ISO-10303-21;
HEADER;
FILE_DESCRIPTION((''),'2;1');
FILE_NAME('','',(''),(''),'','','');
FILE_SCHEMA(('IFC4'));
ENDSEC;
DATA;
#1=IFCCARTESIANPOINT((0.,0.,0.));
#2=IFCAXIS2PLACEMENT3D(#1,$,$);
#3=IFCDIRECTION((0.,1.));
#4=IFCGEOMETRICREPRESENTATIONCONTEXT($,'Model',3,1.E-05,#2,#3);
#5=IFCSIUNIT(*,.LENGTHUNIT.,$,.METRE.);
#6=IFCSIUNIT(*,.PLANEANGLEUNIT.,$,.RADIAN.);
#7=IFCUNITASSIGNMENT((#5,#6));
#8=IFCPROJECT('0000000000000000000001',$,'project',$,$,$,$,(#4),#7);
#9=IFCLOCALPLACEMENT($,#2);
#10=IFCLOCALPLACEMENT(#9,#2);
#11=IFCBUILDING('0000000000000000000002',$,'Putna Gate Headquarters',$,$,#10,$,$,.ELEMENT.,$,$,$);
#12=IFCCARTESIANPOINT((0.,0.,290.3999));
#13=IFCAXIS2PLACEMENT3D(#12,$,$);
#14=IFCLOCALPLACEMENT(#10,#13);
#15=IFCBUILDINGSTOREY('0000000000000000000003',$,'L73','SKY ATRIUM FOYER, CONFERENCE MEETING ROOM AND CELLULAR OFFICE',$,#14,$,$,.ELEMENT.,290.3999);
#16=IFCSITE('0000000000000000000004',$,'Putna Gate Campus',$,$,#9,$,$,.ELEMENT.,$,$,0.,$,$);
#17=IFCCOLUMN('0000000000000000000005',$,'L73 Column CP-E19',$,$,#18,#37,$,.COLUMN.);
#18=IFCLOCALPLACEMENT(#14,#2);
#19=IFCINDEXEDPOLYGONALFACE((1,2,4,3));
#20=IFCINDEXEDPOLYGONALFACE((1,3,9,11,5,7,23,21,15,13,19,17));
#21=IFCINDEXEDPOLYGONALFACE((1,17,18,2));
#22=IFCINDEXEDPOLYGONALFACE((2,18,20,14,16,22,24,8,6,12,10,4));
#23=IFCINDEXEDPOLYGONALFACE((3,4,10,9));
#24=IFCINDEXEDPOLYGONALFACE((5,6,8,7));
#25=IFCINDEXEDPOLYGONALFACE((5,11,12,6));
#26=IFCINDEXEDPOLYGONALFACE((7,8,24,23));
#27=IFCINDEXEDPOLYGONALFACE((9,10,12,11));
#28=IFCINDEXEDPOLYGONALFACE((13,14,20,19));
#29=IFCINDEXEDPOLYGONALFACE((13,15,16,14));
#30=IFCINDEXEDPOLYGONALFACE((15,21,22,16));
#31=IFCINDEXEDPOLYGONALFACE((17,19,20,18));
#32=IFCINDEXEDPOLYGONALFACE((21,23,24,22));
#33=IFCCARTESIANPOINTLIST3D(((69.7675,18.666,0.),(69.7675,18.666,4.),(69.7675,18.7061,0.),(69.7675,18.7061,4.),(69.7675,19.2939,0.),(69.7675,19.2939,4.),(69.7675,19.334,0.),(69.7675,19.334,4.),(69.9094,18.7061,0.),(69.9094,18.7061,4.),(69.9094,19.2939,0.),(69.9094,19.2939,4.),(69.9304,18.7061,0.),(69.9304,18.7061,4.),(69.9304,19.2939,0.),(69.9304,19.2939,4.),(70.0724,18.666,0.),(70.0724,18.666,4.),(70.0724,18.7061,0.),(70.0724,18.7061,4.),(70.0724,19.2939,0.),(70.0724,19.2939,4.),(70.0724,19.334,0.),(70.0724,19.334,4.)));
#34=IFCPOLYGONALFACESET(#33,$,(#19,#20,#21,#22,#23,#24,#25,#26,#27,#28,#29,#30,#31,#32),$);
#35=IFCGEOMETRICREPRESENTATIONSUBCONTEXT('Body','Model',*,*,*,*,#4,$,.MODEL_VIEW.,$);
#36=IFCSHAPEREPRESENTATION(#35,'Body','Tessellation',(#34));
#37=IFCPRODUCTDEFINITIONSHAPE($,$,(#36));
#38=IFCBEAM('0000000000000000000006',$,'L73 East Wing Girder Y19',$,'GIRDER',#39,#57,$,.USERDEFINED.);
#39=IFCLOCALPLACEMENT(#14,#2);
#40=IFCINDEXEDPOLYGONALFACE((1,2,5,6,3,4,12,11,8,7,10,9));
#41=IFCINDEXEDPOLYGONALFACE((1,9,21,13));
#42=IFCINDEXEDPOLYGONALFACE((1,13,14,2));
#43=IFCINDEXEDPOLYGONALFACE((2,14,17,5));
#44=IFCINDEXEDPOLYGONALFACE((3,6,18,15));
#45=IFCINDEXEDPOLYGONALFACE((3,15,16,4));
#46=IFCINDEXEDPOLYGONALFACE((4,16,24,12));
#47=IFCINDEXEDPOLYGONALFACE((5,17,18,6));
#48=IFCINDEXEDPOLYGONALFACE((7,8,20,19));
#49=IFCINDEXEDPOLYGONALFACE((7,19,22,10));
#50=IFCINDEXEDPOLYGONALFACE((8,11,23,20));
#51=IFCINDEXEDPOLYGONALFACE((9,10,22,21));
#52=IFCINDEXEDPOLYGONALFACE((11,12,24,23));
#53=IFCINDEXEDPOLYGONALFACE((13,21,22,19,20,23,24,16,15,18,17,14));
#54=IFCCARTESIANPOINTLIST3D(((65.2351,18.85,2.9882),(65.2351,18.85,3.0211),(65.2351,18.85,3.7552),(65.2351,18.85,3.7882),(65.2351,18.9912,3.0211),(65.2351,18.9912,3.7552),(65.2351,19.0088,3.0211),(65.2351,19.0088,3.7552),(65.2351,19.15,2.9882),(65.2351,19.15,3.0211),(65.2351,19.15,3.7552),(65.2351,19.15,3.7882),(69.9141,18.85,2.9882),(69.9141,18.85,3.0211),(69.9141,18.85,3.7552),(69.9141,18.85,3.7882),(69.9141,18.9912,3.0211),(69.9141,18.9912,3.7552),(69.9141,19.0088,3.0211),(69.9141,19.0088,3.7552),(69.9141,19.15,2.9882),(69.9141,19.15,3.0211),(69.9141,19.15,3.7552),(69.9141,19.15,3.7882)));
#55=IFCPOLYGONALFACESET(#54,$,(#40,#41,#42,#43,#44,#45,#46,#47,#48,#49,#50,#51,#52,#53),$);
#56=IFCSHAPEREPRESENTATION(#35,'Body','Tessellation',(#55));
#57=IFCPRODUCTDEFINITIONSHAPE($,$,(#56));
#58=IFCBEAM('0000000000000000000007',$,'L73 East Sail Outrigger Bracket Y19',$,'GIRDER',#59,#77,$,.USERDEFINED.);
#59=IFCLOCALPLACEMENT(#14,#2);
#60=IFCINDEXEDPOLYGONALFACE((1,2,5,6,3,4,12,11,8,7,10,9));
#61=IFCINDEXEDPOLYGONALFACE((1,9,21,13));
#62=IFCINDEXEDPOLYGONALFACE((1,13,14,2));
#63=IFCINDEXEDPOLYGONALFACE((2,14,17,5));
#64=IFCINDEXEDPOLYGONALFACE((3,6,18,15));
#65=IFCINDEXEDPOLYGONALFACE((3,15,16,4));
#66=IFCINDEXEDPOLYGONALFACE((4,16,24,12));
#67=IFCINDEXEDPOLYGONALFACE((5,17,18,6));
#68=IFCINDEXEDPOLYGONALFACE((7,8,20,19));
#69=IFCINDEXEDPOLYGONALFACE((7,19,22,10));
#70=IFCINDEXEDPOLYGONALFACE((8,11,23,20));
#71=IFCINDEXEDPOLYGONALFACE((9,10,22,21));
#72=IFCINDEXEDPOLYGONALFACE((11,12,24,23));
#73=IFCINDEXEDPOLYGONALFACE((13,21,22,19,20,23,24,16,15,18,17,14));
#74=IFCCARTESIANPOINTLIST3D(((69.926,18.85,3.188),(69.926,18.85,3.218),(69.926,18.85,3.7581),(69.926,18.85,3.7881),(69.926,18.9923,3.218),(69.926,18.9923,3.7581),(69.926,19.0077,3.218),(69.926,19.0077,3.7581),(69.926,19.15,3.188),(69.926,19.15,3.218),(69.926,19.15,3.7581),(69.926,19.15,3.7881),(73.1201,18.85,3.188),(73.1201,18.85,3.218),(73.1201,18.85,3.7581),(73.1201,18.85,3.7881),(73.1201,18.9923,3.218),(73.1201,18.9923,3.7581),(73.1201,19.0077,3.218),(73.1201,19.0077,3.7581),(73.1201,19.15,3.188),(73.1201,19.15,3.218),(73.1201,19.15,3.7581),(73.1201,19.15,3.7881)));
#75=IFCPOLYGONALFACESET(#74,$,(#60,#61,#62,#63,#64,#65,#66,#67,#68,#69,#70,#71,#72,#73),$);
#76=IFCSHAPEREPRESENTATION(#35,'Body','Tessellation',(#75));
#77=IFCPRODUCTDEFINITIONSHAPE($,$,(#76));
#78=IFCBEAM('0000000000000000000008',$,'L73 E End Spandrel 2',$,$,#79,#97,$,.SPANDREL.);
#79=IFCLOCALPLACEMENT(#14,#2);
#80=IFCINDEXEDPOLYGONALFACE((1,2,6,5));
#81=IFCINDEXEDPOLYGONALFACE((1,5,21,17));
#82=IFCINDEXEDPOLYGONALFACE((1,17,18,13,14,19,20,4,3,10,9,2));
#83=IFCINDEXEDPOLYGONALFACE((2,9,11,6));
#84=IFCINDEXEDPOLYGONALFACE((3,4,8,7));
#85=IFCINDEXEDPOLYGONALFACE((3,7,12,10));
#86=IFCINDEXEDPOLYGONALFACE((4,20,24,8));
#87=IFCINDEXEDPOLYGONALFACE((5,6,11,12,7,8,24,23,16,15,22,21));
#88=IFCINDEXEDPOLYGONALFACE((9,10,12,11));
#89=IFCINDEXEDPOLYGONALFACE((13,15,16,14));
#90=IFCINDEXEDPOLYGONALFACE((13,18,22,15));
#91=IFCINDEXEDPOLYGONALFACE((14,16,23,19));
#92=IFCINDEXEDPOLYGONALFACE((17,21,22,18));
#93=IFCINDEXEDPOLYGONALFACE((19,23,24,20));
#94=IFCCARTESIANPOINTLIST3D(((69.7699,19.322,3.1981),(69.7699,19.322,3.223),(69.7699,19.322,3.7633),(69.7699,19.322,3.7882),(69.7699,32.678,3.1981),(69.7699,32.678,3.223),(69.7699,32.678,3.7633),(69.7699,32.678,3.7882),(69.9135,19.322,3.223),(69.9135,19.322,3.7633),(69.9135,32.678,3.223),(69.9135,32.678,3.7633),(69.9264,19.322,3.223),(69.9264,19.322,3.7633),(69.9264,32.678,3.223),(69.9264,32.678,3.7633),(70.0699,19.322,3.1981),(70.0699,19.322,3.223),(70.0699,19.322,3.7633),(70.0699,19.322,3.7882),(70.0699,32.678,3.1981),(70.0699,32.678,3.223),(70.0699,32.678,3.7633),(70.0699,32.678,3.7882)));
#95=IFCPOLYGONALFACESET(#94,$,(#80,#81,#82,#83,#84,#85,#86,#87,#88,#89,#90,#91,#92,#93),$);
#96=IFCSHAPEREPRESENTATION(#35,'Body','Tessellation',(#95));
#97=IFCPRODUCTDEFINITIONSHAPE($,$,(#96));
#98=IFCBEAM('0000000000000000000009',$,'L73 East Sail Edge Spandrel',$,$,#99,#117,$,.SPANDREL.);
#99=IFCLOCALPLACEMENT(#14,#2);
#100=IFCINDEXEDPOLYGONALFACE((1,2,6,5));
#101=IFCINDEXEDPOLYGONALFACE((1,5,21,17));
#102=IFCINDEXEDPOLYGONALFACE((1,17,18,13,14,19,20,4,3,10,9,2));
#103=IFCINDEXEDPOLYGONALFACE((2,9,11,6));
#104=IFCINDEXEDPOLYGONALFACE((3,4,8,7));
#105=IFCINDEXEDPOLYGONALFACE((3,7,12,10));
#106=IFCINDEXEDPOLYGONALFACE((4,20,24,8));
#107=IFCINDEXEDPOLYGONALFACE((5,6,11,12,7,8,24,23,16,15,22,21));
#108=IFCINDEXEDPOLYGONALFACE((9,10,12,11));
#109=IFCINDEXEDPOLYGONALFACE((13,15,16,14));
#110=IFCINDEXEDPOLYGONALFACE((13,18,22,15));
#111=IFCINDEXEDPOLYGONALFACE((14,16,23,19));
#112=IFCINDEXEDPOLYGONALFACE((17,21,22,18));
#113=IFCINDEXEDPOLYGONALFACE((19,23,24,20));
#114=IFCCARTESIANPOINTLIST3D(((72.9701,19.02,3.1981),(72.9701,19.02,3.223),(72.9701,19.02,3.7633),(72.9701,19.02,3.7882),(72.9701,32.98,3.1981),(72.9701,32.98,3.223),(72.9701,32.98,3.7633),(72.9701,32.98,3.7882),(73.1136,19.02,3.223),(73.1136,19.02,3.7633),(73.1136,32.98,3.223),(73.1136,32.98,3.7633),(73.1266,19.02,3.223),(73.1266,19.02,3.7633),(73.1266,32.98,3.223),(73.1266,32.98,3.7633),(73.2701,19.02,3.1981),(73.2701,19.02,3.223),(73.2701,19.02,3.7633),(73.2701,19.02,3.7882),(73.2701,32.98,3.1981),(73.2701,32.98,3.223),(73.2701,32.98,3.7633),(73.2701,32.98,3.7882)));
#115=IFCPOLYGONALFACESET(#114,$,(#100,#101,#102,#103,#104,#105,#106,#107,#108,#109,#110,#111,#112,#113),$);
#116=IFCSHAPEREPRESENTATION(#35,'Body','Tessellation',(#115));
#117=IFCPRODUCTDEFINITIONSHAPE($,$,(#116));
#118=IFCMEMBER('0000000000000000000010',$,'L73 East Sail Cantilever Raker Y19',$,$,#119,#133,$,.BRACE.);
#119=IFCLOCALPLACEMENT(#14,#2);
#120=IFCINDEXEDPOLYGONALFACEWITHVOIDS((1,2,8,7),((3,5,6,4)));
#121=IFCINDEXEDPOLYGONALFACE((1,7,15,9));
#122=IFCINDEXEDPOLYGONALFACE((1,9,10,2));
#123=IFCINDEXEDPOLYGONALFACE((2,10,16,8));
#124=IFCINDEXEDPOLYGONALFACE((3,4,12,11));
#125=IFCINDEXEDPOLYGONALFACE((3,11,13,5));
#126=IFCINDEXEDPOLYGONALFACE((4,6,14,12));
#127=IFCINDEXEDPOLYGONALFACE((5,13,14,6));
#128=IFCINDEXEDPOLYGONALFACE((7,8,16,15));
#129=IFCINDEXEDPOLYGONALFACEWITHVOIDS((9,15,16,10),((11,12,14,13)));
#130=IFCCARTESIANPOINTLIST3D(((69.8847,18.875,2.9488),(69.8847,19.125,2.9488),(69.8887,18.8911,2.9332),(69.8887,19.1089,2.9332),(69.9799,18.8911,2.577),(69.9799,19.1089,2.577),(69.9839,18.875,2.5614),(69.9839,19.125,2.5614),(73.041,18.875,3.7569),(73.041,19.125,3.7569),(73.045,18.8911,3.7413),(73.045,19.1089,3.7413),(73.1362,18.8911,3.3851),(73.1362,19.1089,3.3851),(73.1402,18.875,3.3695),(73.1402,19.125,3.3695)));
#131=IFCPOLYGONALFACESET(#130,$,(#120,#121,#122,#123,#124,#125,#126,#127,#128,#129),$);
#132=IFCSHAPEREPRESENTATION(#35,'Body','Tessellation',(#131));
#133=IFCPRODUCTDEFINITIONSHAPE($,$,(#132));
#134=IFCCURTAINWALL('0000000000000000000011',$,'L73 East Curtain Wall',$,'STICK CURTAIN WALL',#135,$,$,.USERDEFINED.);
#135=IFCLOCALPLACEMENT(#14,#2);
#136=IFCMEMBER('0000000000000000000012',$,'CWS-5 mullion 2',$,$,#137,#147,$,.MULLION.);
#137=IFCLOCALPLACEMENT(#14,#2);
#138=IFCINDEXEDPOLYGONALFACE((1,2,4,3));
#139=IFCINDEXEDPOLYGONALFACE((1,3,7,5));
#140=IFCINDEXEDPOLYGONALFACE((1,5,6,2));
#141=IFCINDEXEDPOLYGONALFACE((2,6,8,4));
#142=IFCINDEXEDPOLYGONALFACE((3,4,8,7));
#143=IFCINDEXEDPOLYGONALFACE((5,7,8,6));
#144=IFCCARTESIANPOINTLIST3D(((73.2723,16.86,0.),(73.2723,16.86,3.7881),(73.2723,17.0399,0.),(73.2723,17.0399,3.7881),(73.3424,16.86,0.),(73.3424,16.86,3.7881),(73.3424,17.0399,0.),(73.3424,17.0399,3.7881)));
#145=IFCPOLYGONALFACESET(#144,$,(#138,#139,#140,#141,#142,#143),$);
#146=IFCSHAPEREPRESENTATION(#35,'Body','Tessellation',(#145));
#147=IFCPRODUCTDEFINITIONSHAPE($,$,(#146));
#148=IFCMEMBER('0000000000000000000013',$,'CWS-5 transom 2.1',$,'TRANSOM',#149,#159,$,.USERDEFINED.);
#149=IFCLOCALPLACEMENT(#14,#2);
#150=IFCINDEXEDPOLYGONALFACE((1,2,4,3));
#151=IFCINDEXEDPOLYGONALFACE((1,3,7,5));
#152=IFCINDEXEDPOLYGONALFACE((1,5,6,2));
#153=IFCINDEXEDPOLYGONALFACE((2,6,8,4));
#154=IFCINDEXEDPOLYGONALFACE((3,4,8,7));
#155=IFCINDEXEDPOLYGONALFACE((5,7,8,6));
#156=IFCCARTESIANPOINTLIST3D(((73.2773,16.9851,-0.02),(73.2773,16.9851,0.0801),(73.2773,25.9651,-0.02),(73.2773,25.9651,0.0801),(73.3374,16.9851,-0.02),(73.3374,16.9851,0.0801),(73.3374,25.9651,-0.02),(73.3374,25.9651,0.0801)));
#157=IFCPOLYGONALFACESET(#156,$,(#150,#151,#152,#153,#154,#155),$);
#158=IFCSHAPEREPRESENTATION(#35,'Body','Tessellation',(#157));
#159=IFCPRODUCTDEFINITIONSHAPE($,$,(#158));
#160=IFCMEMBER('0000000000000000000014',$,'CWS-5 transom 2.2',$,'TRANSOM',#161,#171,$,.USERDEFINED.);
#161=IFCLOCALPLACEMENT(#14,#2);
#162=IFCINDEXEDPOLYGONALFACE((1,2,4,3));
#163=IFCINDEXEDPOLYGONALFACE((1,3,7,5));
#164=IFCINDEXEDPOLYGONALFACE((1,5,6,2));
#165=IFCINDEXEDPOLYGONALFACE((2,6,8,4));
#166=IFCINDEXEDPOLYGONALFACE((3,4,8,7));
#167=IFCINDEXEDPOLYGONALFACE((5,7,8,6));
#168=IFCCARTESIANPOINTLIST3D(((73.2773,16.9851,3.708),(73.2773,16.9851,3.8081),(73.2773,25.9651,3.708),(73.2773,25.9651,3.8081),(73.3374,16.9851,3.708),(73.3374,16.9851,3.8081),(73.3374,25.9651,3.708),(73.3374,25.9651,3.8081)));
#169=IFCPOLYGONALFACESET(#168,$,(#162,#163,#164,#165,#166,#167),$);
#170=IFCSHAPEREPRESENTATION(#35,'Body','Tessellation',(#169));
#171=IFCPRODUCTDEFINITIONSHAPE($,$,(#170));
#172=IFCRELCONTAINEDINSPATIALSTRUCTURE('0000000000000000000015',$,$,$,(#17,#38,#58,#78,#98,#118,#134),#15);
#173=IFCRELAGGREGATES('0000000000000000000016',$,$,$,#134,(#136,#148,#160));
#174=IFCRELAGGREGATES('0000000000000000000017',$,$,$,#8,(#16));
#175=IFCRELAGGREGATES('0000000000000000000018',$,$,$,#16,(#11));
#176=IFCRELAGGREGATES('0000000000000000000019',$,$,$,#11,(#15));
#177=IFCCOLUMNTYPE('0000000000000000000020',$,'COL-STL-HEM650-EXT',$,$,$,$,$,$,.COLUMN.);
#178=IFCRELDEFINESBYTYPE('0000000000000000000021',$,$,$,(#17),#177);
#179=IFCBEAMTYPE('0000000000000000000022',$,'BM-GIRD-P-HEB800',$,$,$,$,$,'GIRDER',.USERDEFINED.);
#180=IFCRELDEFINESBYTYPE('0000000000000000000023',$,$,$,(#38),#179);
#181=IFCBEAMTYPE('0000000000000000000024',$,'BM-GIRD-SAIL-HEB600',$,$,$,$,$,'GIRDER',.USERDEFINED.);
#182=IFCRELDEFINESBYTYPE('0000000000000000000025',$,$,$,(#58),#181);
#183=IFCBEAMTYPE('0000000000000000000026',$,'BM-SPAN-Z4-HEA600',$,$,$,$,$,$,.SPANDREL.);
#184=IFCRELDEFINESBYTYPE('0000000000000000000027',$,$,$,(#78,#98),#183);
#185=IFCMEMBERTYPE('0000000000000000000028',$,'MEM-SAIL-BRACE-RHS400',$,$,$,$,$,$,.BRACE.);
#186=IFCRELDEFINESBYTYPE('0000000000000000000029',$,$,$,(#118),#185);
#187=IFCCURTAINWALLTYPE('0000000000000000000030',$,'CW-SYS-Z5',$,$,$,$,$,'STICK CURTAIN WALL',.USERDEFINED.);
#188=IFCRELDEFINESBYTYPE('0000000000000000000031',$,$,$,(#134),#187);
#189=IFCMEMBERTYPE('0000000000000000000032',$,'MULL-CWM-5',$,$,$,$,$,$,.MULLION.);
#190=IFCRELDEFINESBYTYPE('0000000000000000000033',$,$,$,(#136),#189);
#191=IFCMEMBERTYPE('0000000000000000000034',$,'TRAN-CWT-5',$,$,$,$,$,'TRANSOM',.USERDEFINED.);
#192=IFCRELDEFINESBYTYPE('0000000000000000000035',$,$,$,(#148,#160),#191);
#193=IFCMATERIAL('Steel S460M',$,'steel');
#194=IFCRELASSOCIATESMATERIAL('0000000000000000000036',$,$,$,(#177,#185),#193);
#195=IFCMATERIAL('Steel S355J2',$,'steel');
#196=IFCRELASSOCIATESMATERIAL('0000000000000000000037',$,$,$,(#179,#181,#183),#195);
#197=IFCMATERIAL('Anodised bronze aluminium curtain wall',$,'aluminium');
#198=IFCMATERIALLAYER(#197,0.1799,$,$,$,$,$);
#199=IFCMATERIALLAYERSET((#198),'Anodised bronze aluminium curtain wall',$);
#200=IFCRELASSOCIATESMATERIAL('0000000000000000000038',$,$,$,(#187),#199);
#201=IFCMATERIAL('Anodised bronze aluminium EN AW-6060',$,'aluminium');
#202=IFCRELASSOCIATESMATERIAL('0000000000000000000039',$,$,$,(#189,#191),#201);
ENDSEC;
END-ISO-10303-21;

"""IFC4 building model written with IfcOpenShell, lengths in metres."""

from ifc_helpers import new_model, si_unit, direction, frame, origin, origin_2d, place, context, subcontext, project, spatial, rectangle, hollow_rectangle, i_section, extrude, material, layer, layer_set, material_profile, profile_set, type_object, element, aggregate, save


model = new_model("IFC4")

# Units and contexts
model_context = context("Model", 3, precision=1e-05, world=origin(), true_north=direction((0.0, 1.0)))
body_context = subcontext(model_context, "Body", "Model", "MODEL_VIEW")
ifc_project = project(units=[si_unit("LENGTHUNIT", "METRE"), si_unit("PLANEANGLEUNIT", "RADIAN")], contexts=[model_context])

# Site, building, storey
site_placement = place(None, origin())
site = spatial("IfcSite", under=ifc_project, at=site_placement, Name="Putna Gate Campus", CompositionType="ELEMENT", RefElevation=0.0)
building_placement = place(site_placement, origin())
building = spatial("IfcBuilding", under=site, at=building_placement, Name="Putna Gate Headquarters", CompositionType="ELEMENT")
storey_placement = place(building_placement, frame((0.0, 0.0, 290.3999)))
storey = spatial("IfcBuildingStorey", under=building, at=storey_placement, Name="L73", Description="SKY ATRIUM FOYER, CONFERENCE MEETING ROOM AND CELLULAR OFFICE", CompositionType="ELEMENT", Elevation=290.3999)

# Column
ifc_material_1 = material(Name="Steel S460M", Category="steel")
ifc_material_profile_1 = material_profile(ifc_material_1, i_section(OverallWidth=0.3049, OverallDepth=0.668, WebThickness=0.021, FlangeThickness=0.04, at=origin_2d()), Name="Steel S460M")
ifc_profile_set_1 = profile_set([ifc_material_profile_1], Name="Steel S460M")
column_type = type_object("IfcColumnType", Name="COL-STL-HEM650-EXT", PredefinedType="COLUMN", material=ifc_profile_set_1)
column_placement = place(storey_placement, frame((69.9199, 19.0, 0.0), z_axis=(0.0, 0.0, 1.0), x_axis=(1.0, 0.0, 0.0)))
element("IfcColumn", 1, at=column_placement, inside=storey, type_object=column_type, Name="L73 Column CP-E19", PredefinedType="COLUMN", context=body_context, shape_type="SweptSolid", body=[
    extrude(i_section(OverallWidth=0.3049, OverallDepth=0.668, WebThickness=0.021, FlangeThickness=0.04, at=origin_2d()), origin(), (0.0, 0.0, 1.0), 4.0),
])

# Beams
ifc_material_2 = material(Name="Steel S355J2", Category="steel")
ifc_material_profile_2 = material_profile(ifc_material_2, i_section(OverallWidth=0.3, OverallDepth=0.8, WebThickness=0.0176, FlangeThickness=0.033, at=origin_2d()), Name="Steel S355J2")
ifc_profile_set_2 = profile_set([ifc_material_profile_2], Name="Steel S355J2")
beam_type_1 = type_object("IfcBeamType", Name="BM-GIRD-P-HEB800", ElementType="GIRDER", PredefinedType="USERDEFINED", material=ifc_profile_set_2)
beam_1_placement = place(storey_placement, frame((65.2351, 19.0, 3.3882), z_axis=(1.0, 0.0, 0.0), x_axis=(0.0, 1.0, 0.0)))
element("IfcBeam", 2, at=beam_1_placement, inside=storey, type_object=beam_type_1, Name="L73 East Wing Girder Y19", ObjectType="GIRDER", PredefinedType="USERDEFINED", context=body_context, shape_type="SweptSolid", body=[
    extrude(i_section(OverallWidth=0.3, OverallDepth=0.8, WebThickness=0.0176, FlangeThickness=0.033, at=origin_2d()), origin(), (0.0, 0.0, 1.0), 4.679),
])
ifc_material_profile_3 = material_profile(ifc_material_2, i_section(OverallWidth=0.3, OverallDepth=0.6001, WebThickness=0.0154, FlangeThickness=0.03, at=origin_2d()), Name="Steel S355J2")
ifc_profile_set_3 = profile_set([ifc_material_profile_3], Name="Steel S355J2")
beam_type_2 = type_object("IfcBeamType", Name="BM-GIRD-SAIL-HEB600", ElementType="GIRDER", PredefinedType="USERDEFINED", material=ifc_profile_set_3)
beam_2_placement = place(storey_placement, frame((69.926, 19.0, 3.488), z_axis=(1.0, 0.0, 0.0), x_axis=(0.0, 1.0, 0.0)))
element("IfcBeam", 3, at=beam_2_placement, inside=storey, type_object=beam_type_2, Name="L73 East Sail Outrigger Bracket Y19", ObjectType="GIRDER", PredefinedType="USERDEFINED", context=body_context, shape_type="SweptSolid", body=[
    extrude(i_section(OverallWidth=0.3, OverallDepth=0.6001, WebThickness=0.0154, FlangeThickness=0.03, at=origin_2d()), origin(), (0.0, 0.0, 1.0), 3.1941),
])
ifc_material_profile_4 = material_profile(ifc_material_2, i_section(OverallWidth=0.3, OverallDepth=0.5901, WebThickness=0.0129, FlangeThickness=0.0249, at=origin_2d()), Name="Steel S355J2")
ifc_profile_set_4 = profile_set([ifc_material_profile_4], Name="Steel S355J2")
beam_type_3 = type_object("IfcBeamType", Name="BM-SPAN-Z4-HEA600", PredefinedType="SPANDREL", material=ifc_profile_set_4)
beam_3_placement = place(storey_placement, frame((69.9199, 19.322, 3.4932), z_axis=(0.0, 1.0, 0.0), x_axis=(-1.0, 0.0, 0.0)))
element("IfcBeam", 4, at=beam_3_placement, inside=storey, type_object=beam_type_3, Name="L73 E End Spandrel 2", PredefinedType="SPANDREL", context=body_context, shape_type="SweptSolid", body=[
    extrude(i_section(OverallWidth=0.3, OverallDepth=0.5901, WebThickness=0.0129, FlangeThickness=0.0249, at=origin_2d()), origin(), (0.0, 0.0, 1.0), 13.356),
])
beam_4_placement = place(storey_placement, frame((73.1201, 19.02, 3.4932), z_axis=(0.0, 1.0, 0.0), x_axis=(-1.0, 0.0, 0.0)))
element("IfcBeam", 5, at=beam_4_placement, inside=storey, type_object=beam_type_3, Name="L73 East Sail Edge Spandrel", PredefinedType="SPANDREL", context=body_context, shape_type="SweptSolid", body=[
    extrude(i_section(OverallWidth=0.3, OverallDepth=0.5901, WebThickness=0.0129, FlangeThickness=0.0249, at=origin_2d()), origin(), (0.0, 0.0, 1.0), 13.96),
])

# Member
ifc_material_profile_5 = material_profile(ifc_material_1, hollow_rectangle(XDim=0.25, YDim=0.3999, WallThickness=0.0161, at=origin_2d()), Name="Steel S460M")
ifc_profile_set_5 = profile_set([ifc_material_profile_5], Name="Steel S460M")
member_type_1 = type_object("IfcMemberType", Name="MEM-SAIL-BRACE-RHS400", PredefinedType="BRACE", material=ifc_profile_set_5)
member_1_placement = place(storey_placement, frame((69.9343, 19.0, 2.7551), z_axis=(0.968752, 0.0, 0.248033), x_axis=(0.0, 1.0, 0.0)))
element("IfcMember", 6, at=member_1_placement, inside=storey, type_object=member_type_1, Name="L73 East Sail Cantilever Raker Y19", PredefinedType="BRACE", context=body_context, shape_type="SweptSolid", body=[
    extrude(hollow_rectangle(XDim=0.25, YDim=0.3999, WallThickness=0.0161, at=origin_2d()), origin(), (0.0, 0.0, 1.0), 3.2581),
])

# Curtain wall, members
ifc_material_3 = material(Name="Anodised bronze aluminium curtain wall", Category="aluminium")
ifc_layer_1 = layer(ifc_material_3, 0.1799)
ifc_layer_set_1 = layer_set([ifc_layer_1], Name="Anodised bronze aluminium curtain wall")
curtain_wall_type = type_object("IfcCurtainWallType", Name="CW-SYS-Z5", ElementType="STICK CURTAIN WALL", PredefinedType="USERDEFINED", material=ifc_layer_set_1)
curtain_wall_placement = place(storey_placement, origin())
curtain_wall = element("IfcCurtainWall", 7, at=curtain_wall_placement, inside=storey, type_object=curtain_wall_type, Name="L73 East Curtain Wall", ObjectType="STICK CURTAIN WALL", PredefinedType="USERDEFINED")
ifc_material_4 = material(Name="Anodised bronze aluminium EN AW-6060", Category="aluminium")
ifc_material_profile_6 = material_profile(ifc_material_4, rectangle(XDim=0.0701, YDim=0.1799, at=origin_2d()), Name="Anodised bronze aluminium EN AW-6060")
ifc_profile_set_6 = profile_set([ifc_material_profile_6], Name="Anodised bronze aluminium EN AW-6060")
member_type_2 = type_object("IfcMemberType", Name="MULL-CWM-5", PredefinedType="MULLION", material=ifc_profile_set_6)
member_2_placement = place(storey_placement, frame((73.3074, 16.95, 0.0), z_axis=(0.0, 0.0, 1.0), x_axis=(-1.0, 0.0, 0.0)))
member_2 = element("IfcMember", 8, at=member_2_placement, type_object=member_type_2, Name="CWS-5 mullion 2", PredefinedType="MULLION", context=body_context, shape_type="SweptSolid", body=[
    extrude(rectangle(XDim=0.0701, YDim=0.1799, at=origin_2d()), origin(), (0.0, 0.0, 1.0), 3.7881),
])
ifc_material_profile_7 = material_profile(ifc_material_4, rectangle(XDim=0.0601, YDim=0.1001, at=origin_2d()), Name="Anodised bronze aluminium EN AW-6060")
ifc_profile_set_7 = profile_set([ifc_material_profile_7], Name="Anodised bronze aluminium EN AW-6060")
member_type_3 = type_object("IfcMemberType", Name="TRAN-CWT-5", ElementType="TRANSOM", PredefinedType="USERDEFINED", material=ifc_profile_set_7)
member_3_placement = place(storey_placement, frame((73.3074, 16.9851, 0.03), z_axis=(0.0, 1.0, 0.0), x_axis=(-1.0, 0.0, 0.0)))
member_3 = element("IfcMember", 9, at=member_3_placement, type_object=member_type_3, Name="CWS-5 transom 2.1", ObjectType="TRANSOM", PredefinedType="USERDEFINED", context=body_context, shape_type="SweptSolid", body=[
    extrude(rectangle(XDim=0.0601, YDim=0.1001, at=origin_2d()), origin(), (0.0, 0.0, 1.0), 8.98),
])
member_4_placement = place(storey_placement, frame((73.3074, 16.9851, 3.7581), z_axis=(0.0, 1.0, 0.0), x_axis=(-1.0, 0.0, 0.0)))
member_4 = element("IfcMember", 10, at=member_4_placement, type_object=member_type_3, Name="CWS-5 transom 2.2", ObjectType="TRANSOM", PredefinedType="USERDEFINED", context=body_context, shape_type="SweptSolid", body=[
    extrude(rectangle(XDim=0.0601, YDim=0.1001, at=origin_2d()), origin(), (0.0, 0.0, 1.0), 8.98),
])
aggregate(curtain_wall, [member_2, member_3, member_4])

save(model, "model.ifc")
